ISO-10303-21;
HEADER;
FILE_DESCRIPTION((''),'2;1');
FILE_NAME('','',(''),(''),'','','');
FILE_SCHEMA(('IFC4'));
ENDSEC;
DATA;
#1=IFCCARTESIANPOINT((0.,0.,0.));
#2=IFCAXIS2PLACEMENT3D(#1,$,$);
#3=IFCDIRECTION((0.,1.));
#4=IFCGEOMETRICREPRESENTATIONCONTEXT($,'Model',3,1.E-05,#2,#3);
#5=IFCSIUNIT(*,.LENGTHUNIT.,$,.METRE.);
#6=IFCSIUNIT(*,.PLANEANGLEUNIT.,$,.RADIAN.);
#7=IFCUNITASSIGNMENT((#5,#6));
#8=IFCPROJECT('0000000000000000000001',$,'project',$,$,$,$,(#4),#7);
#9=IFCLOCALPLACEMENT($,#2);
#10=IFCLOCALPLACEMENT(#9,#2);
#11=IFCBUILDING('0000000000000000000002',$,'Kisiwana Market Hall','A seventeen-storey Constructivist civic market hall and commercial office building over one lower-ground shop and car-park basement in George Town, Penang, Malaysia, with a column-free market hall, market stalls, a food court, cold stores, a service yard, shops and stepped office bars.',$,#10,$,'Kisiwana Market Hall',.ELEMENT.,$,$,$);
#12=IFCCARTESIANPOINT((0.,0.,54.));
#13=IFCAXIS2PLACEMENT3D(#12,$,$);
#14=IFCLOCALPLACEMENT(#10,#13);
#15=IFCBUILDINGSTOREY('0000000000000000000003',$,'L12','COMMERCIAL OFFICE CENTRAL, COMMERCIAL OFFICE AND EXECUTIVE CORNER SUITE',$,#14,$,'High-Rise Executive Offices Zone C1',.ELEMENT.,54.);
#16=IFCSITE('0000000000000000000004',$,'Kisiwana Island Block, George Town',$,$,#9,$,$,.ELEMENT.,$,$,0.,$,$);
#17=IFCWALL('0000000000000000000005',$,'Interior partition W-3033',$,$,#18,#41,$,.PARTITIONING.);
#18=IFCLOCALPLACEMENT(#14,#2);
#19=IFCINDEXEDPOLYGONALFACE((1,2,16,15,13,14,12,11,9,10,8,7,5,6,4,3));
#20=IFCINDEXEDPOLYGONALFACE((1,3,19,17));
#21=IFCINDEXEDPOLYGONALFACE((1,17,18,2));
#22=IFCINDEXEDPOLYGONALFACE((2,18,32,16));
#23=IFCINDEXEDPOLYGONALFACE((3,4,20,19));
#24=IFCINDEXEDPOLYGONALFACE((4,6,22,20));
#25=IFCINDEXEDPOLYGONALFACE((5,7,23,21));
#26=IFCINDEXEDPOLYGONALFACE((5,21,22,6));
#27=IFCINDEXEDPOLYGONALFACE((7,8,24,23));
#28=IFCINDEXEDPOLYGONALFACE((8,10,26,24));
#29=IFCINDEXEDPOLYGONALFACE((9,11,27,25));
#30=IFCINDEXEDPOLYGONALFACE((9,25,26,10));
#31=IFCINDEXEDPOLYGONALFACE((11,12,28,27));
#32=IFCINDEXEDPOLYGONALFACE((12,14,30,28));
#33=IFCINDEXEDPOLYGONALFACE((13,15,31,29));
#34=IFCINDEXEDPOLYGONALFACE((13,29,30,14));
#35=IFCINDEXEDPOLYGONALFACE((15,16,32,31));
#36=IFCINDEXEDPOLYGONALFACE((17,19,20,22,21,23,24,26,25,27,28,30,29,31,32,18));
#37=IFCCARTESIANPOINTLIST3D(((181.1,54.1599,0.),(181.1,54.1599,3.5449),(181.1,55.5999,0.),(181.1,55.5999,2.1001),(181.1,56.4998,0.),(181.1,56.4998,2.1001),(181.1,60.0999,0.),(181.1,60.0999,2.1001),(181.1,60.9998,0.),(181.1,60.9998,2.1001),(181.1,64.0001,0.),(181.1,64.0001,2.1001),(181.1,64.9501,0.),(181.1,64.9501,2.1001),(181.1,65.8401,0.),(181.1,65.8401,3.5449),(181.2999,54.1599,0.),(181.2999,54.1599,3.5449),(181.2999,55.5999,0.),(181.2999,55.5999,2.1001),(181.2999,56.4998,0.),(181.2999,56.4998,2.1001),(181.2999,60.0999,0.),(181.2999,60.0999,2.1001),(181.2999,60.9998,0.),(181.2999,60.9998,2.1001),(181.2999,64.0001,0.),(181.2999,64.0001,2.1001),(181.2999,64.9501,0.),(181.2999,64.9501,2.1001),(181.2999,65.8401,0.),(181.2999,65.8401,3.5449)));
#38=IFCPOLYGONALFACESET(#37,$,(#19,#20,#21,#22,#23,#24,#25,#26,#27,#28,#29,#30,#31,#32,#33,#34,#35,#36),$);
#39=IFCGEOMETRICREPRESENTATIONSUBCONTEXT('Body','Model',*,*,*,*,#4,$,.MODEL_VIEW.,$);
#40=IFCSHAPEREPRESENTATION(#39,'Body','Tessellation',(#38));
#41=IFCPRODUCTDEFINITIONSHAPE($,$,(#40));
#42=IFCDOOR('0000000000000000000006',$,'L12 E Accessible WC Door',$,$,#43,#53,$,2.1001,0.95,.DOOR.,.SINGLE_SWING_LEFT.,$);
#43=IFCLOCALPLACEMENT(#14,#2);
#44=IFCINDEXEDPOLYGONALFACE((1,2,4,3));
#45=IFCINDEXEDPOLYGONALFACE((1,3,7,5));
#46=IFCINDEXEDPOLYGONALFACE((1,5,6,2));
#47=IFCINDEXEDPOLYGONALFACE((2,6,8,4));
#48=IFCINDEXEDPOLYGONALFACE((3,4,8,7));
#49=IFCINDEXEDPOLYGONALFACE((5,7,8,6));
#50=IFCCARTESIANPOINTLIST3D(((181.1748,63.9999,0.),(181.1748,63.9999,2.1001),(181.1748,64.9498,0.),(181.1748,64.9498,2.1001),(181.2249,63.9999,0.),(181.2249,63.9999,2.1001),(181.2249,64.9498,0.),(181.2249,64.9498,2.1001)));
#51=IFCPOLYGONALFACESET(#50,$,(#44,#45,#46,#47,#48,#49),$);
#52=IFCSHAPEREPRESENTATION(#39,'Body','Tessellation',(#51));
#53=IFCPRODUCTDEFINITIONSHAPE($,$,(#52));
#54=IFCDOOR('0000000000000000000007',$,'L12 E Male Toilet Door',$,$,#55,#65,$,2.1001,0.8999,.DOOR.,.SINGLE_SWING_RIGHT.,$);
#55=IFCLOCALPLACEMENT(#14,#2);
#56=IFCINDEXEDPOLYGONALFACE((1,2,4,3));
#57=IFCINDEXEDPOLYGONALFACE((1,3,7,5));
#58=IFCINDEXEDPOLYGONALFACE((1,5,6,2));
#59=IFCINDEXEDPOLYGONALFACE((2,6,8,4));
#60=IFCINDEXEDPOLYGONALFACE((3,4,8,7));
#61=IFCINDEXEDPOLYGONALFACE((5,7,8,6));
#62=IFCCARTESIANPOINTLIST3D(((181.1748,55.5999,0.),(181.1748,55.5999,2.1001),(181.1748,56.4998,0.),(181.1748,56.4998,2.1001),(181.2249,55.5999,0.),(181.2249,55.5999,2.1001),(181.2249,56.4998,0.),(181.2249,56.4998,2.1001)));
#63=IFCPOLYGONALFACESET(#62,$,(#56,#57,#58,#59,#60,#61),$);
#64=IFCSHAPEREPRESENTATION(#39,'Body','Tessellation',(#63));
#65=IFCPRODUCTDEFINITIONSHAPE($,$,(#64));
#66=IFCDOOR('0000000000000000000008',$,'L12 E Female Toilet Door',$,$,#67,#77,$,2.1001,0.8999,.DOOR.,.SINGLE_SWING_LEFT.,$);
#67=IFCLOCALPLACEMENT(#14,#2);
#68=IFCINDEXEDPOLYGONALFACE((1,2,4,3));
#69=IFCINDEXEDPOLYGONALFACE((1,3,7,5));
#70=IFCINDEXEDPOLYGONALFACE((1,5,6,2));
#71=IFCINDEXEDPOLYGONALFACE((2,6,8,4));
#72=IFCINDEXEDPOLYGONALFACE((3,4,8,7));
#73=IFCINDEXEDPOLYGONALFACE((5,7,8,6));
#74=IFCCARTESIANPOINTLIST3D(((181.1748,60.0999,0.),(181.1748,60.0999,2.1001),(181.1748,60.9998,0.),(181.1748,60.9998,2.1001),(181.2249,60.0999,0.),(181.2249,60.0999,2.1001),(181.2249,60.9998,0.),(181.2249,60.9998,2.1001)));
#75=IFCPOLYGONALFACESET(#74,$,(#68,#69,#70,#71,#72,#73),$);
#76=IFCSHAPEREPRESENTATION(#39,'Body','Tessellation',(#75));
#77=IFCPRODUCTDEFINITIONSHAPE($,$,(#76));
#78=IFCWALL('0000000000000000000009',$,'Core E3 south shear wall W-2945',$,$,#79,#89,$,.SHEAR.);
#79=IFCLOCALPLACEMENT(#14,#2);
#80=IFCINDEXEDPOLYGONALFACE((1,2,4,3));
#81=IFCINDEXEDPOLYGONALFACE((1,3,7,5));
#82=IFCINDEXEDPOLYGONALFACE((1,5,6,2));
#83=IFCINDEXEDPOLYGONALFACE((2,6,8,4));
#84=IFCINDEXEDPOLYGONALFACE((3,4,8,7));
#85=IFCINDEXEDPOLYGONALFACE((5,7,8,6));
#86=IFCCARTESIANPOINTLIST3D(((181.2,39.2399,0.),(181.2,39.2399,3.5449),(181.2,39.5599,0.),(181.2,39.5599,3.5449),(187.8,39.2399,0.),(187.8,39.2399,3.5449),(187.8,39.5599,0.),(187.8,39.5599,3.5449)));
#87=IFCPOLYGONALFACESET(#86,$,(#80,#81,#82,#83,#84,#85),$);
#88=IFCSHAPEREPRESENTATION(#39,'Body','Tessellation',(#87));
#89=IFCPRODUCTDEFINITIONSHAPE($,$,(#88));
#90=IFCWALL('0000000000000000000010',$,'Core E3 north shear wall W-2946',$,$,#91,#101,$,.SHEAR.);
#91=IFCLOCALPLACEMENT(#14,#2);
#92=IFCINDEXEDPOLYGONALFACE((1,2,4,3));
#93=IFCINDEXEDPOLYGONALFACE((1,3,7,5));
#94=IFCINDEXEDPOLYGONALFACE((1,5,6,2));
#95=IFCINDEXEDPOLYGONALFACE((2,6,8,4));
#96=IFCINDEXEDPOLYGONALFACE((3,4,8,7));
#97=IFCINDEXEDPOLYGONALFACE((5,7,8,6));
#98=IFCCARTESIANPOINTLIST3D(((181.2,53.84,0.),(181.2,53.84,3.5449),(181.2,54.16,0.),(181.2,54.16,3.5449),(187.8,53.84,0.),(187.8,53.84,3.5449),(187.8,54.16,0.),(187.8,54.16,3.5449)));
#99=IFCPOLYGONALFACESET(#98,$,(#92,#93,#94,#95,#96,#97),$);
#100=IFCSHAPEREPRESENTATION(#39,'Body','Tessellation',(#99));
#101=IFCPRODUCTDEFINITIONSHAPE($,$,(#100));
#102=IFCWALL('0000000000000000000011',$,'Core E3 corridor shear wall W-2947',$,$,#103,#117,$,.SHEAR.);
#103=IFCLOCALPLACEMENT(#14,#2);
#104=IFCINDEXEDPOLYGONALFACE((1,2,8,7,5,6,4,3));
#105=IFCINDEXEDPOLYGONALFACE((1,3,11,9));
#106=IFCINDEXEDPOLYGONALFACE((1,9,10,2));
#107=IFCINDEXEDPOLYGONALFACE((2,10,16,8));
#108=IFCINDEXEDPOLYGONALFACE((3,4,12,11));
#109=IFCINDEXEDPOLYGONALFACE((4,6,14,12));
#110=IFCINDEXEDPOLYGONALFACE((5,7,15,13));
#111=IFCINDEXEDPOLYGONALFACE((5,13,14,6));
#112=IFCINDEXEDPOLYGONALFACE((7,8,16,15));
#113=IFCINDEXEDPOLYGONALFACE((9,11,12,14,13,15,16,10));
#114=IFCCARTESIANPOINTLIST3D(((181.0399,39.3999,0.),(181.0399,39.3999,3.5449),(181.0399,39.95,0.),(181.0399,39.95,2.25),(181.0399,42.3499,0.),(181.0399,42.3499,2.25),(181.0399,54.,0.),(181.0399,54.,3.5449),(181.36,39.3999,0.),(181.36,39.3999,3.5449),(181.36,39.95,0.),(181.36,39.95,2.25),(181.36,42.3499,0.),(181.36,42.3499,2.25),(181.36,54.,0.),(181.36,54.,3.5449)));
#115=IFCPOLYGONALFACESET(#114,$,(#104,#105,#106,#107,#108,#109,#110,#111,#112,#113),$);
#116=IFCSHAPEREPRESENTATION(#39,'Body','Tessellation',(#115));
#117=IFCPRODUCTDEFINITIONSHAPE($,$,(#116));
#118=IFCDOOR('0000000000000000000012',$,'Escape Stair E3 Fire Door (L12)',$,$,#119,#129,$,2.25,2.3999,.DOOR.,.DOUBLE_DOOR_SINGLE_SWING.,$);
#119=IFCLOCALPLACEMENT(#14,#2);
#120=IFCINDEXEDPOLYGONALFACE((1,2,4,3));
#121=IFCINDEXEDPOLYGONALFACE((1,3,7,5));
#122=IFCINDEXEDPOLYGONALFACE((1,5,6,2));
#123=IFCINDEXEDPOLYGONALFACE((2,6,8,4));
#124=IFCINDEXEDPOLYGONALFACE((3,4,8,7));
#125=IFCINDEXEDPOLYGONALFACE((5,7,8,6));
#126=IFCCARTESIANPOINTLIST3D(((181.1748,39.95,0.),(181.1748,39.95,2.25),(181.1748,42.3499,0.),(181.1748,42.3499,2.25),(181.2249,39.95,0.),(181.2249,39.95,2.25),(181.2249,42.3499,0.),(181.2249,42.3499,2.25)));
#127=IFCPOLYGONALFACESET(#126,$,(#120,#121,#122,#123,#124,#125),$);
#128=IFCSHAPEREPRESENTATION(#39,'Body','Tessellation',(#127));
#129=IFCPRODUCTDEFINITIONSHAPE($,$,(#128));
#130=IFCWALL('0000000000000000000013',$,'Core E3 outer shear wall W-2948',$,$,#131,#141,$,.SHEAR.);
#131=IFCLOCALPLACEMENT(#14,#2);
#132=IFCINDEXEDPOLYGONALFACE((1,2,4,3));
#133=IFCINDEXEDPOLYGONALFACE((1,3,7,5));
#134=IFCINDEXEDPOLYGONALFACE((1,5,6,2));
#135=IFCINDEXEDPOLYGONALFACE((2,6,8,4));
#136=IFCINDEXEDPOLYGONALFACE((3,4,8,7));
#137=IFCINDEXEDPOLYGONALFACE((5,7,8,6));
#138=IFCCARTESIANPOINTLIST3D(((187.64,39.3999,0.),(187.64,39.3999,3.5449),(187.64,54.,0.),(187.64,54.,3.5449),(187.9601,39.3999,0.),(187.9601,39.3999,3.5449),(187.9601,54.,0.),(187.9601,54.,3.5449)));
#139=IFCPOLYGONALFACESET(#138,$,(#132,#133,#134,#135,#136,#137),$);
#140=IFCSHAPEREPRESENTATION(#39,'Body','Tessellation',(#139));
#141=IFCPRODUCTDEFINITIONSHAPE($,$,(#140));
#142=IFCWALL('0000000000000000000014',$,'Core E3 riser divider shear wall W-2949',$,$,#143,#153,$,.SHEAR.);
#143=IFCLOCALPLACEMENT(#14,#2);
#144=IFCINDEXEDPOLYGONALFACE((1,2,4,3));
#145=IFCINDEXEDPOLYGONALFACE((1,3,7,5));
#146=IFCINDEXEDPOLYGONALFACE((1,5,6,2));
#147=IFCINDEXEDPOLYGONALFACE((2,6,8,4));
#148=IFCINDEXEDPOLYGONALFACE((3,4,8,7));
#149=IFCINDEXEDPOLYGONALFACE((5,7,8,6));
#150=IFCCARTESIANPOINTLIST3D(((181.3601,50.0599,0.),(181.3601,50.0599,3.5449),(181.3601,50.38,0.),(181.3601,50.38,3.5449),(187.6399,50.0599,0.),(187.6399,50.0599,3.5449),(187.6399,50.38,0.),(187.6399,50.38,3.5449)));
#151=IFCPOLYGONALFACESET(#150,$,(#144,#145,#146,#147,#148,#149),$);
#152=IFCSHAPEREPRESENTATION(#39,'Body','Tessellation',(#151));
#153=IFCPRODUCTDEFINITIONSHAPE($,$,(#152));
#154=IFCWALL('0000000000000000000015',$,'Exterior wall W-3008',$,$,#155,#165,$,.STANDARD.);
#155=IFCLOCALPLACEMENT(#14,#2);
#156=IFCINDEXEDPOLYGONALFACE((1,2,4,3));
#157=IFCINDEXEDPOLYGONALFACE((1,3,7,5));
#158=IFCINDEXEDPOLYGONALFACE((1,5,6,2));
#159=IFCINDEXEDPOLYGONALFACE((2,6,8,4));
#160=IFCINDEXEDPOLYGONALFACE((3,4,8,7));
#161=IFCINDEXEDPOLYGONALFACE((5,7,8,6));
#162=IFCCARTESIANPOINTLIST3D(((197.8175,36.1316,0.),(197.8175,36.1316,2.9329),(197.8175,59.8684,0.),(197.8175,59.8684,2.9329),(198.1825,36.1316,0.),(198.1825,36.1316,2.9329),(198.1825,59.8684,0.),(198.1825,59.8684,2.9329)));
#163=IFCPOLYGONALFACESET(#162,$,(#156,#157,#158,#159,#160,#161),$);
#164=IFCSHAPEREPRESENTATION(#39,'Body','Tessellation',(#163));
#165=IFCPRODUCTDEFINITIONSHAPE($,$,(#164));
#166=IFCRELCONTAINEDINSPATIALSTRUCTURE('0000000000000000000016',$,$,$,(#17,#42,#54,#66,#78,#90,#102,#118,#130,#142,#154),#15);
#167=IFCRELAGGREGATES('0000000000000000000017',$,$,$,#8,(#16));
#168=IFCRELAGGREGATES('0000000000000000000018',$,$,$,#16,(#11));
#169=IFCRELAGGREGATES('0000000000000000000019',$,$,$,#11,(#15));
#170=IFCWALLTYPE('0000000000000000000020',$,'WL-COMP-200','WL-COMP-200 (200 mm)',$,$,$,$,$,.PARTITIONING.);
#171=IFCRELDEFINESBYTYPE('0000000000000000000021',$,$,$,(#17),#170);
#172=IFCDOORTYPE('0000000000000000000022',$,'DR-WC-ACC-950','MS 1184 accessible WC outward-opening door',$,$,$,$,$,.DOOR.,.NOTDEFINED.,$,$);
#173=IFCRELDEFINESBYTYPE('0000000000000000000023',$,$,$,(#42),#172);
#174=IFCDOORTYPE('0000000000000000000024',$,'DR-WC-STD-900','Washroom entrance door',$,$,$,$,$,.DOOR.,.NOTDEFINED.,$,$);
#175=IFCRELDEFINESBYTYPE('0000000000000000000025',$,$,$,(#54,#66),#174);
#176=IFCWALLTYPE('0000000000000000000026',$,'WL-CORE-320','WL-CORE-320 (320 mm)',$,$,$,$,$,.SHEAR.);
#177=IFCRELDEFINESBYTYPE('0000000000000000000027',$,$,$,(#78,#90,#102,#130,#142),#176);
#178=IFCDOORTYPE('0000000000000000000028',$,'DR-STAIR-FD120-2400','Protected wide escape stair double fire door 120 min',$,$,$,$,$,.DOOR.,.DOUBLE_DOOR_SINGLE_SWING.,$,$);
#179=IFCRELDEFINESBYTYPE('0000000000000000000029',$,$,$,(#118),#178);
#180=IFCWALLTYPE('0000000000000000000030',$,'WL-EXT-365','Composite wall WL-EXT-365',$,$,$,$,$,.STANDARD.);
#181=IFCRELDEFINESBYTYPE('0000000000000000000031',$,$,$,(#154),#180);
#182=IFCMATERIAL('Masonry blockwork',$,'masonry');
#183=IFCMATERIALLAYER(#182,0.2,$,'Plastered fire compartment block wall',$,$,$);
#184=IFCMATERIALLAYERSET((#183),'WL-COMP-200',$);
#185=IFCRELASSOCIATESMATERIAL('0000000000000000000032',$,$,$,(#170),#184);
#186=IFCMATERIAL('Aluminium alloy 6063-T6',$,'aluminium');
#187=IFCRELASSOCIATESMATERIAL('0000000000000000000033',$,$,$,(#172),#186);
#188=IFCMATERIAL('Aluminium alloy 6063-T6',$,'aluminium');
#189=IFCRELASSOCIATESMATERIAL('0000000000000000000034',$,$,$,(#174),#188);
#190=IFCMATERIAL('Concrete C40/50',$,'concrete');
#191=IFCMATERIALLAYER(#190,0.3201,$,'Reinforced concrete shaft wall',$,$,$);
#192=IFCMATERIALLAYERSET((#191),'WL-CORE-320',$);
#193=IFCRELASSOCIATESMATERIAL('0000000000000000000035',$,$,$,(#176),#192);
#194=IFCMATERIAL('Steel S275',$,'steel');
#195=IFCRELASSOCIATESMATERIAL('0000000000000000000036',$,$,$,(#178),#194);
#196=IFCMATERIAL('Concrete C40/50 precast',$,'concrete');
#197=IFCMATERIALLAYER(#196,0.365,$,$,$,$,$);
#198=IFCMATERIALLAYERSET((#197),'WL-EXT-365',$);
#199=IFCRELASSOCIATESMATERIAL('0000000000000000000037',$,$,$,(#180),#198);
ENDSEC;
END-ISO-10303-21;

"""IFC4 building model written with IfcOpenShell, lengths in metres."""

from ifc_helpers import new_model, si_unit, direction, frame, frame_2d, origin, place, context, subcontext, project, spatial, rectangle, extrude, material, layer, layer_set, type_object, element, fill, save


model = new_model("IFC4")

# Units and contexts
model_context = context("Model", 3, precision=1e-05, world=origin(), true_north=direction((0.0, 1.0)))
body_context = subcontext(model_context, "Body", "Model", "MODEL_VIEW")
ifc_project = project(units=[si_unit("LENGTHUNIT", "METRE"), si_unit("PLANEANGLEUNIT", "RADIAN")], contexts=[model_context])

# Site, building, storey
site_placement = place(None, origin())
site = spatial("IfcSite", under=ifc_project, at=site_placement, Name="Kisiwana Island Block, George Town", CompositionType="ELEMENT", RefElevation=0.0)
building_placement = place(site_placement, origin())
building = spatial("IfcBuilding", under=site, at=building_placement, Name="Kisiwana Market Hall", Description="A seventeen-storey Constructivist civic market hall and commercial office building over one lower-ground shop and car-park basement in George Town, Penang, Malaysia, with a column-free market hall, market stalls, a food court, cold stores, a service yard, shops and stepped office bars.", LongName="Kisiwana Market Hall", CompositionType="ELEMENT")
storey_placement = place(building_placement, frame((0.0, 0.0, 54.0)))
storey = spatial("IfcBuildingStorey", under=building, at=storey_placement, Name="L12", Description="COMMERCIAL OFFICE CENTRAL, COMMERCIAL OFFICE AND EXECUTIVE CORNER SUITE", LongName="High-Rise Executive Offices Zone C1", CompositionType="ELEMENT", Elevation=54.0)

# Shared definitions
ifc_material_1 = material(Name="Masonry blockwork", Category="masonry")
ifc_layer_1 = layer(ifc_material_1, 0.2, Name="Plastered fire compartment block wall")
ifc_layer_set_1 = layer_set([ifc_layer_1], Name="WL-COMP-200")
wall_type_1 = type_object("IfcWallType", Name="WL-COMP-200", Description="WL-COMP-200 (200 mm)", PredefinedType="PARTITIONING", material=ifc_layer_set_1)

# Wall, openings, doors
wall_1_placement = place(storey_placement, frame((181.2, 54.1599, 0.0), z_axis=(0.0, 0.0, 1.0), x_axis=(0.0, 1.0, 0.0)))
wall_1 = element("IfcWall", 1, at=wall_1_placement, inside=storey, type_object=wall_type_1, Name="Interior partition W-3033", PredefinedType="PARTITIONING", context=body_context, shape_type="SweptSolid", body=[
    extrude(rectangle(XDim=11.6802, YDim=0.2, at=frame_2d((5.8401, 0.0))), origin(), (0.0, 0.0, 1.0), 3.5449),
])
opening_1_placement = place(wall_1_placement, frame((1.4399, 0.0, 0.0)))
opening_1 = element("IfcOpeningElement", 2, at=opening_1_placement, cuts=wall_1, PredefinedType="OPENING", context=body_context, shape_type="SweptSolid", body=[
    extrude(rectangle(XDim=0.8999, YDim=2.1001, at=frame_2d((0.45, 1.05))), frame((0.0, 0.1118, 0.0), z_axis=(0.0, -1.0, 0.0), x_axis=(1.0, 0.0, 0.0)), (0.0, 0.0, 1.0), 0.2239),
])
opening_2_placement = place(wall_1_placement, frame((5.9399, 0.0, 0.0)))
opening_2 = element("IfcOpeningElement", 3, at=opening_2_placement, cuts=wall_1, PredefinedType="OPENING", context=body_context, shape_type="SweptSolid", body=[
    extrude(rectangle(XDim=0.8999, YDim=2.1001, at=frame_2d((0.45, 1.05))), frame((0.0, 0.1118, 0.0), z_axis=(0.0, -1.0, 0.0), x_axis=(1.0, 0.0, 0.0)), (0.0, 0.0, 1.0), 0.2239),
])
opening_3_placement = place(wall_1_placement, frame((9.8401, 0.0, 0.0)))
opening_3 = element("IfcOpeningElement", 4, at=opening_3_placement, cuts=wall_1, PredefinedType="OPENING", context=body_context, shape_type="SweptSolid", body=[
    extrude(rectangle(XDim=0.95, YDim=2.1001, at=frame_2d((0.4751, 1.05))), frame((0.0, 0.1118, 0.0), z_axis=(0.0, -1.0, 0.0), x_axis=(1.0, 0.0, 0.0)), (0.0, 0.0, 1.0), 0.2239),
])
ifc_material_2 = material(Name="Aluminium alloy 6063-T6", Category="aluminium")
door_type_1 = type_object("IfcDoorType", Name="DR-WC-ACC-950", Description="MS 1184 accessible WC outward-opening door", OperationType="NOTDEFINED", PredefinedType="DOOR", material=ifc_material_2)
door_1_placement = place(opening_3_placement, frame((0.95, 0.0, 0.0), z_axis=(0.0, 0.0, 1.0), x_axis=(-1.0, 0.0, 0.0)))
door_1 = element("IfcDoor", 5, at=door_1_placement, inside=storey, type_object=door_type_1, Name="L12 E Accessible WC Door", OperationType="SINGLE_SWING_LEFT", OverallHeight=2.1001, OverallWidth=0.95, PredefinedType="DOOR", context=body_context, shape_type="SweptSolid", body=[
    extrude(rectangle(XDim=0.95, YDim=2.1001, at=frame_2d((0.4751, 1.05))), frame((0.0, 0.0249, 0.0), z_axis=(0.0, -1.0, 0.0), x_axis=(1.0, 0.0, 0.0)), (0.0, 0.0, 1.0), 0.05),
])
fill(opening_3, door_1)
ifc_material_3 = material(Name="Aluminium alloy 6063-T6", Category="aluminium")
door_type_2 = type_object("IfcDoorType", Name="DR-WC-STD-900", Description="Washroom entrance door", OperationType="NOTDEFINED", PredefinedType="DOOR", material=ifc_material_3)
door_2_placement = place(opening_1_placement, frame((0.8999, 0.0, 0.0), z_axis=(0.0, 0.0, 1.0), x_axis=(-1.0, 0.0, 0.0)))
door_2 = element("IfcDoor", 6, at=door_2_placement, inside=storey, type_object=door_type_2, Name="L12 E Male Toilet Door", OperationType="SINGLE_SWING_RIGHT", OverallHeight=2.1001, OverallWidth=0.8999, PredefinedType="DOOR", context=body_context, shape_type="SweptSolid", body=[
    extrude(rectangle(XDim=0.8999, YDim=2.1001, at=frame_2d((0.45, 1.05))), frame((0.0, 0.0249, 0.0), z_axis=(0.0, -1.0, 0.0), x_axis=(1.0, 0.0, 0.0)), (0.0, 0.0, 1.0), 0.05),
])
fill(opening_1, door_2)
door_3_placement = place(opening_2_placement, frame((0.8999, 0.0, 0.0), z_axis=(0.0, 0.0, 1.0), x_axis=(-1.0, 0.0, 0.0)))
door_3 = element("IfcDoor", 7, at=door_3_placement, inside=storey, type_object=door_type_2, Name="L12 E Female Toilet Door", OperationType="SINGLE_SWING_LEFT", OverallHeight=2.1001, OverallWidth=0.8999, PredefinedType="DOOR", context=body_context, shape_type="SweptSolid", body=[
    extrude(rectangle(XDim=0.8999, YDim=2.1001, at=frame_2d((0.45, 1.05))), frame((0.0, 0.0249, 0.0), z_axis=(0.0, -1.0, 0.0), x_axis=(1.0, 0.0, 0.0)), (0.0, 0.0, 1.0), 0.05),
])
fill(opening_2, door_3)

# Walls
ifc_material_4 = material(Name="Concrete C40/50", Category="concrete")
ifc_layer_2 = layer(ifc_material_4, 0.3201, Name="Reinforced concrete shaft wall")
ifc_layer_set_2 = layer_set([ifc_layer_2], Name="WL-CORE-320")
wall_type_2 = type_object("IfcWallType", Name="WL-CORE-320", Description="WL-CORE-320 (320 mm)", PredefinedType="SHEAR", material=ifc_layer_set_2)
for number, where, z_axis, x_axis, name in (
    (8, (181.2, 39.3999, 0.0), (0.0, 0.0, 1.0), (1.0, 0.0, 0.0), "Core E3 south shear wall W-2945"),
    (9, (181.2, 54.0, 0.0), (0.0, 0.0, 1.0), (1.0, 0.0, 0.0), "Core E3 north shear wall W-2946"),
):
    element("IfcWall", number, at=place(storey_placement, frame(where, z_axis=z_axis, x_axis=x_axis)), inside=storey, type_object=wall_type_2, Name=name, PredefinedType="SHEAR", context=body_context, shape_type="SweptSolid", body=[
        extrude(rectangle(XDim=6.6001, YDim=0.3201, at=frame_2d((3.3, 0.0))), origin(), (0.0, 0.0, 1.0), 3.5449),
    ])

# Wall, opening, door
wall_2_placement = place(storey_placement, frame((181.2, 39.3999, 0.0), z_axis=(0.0, 0.0, 1.0), x_axis=(0.0, 1.0, 0.0)))
wall_2 = element("IfcWall", 10, at=wall_2_placement, inside=storey, type_object=wall_type_2, Name="Core E3 corridor shear wall W-2947", PredefinedType="SHEAR", context=body_context, shape_type="SweptSolid", body=[
    extrude(rectangle(XDim=14.6001, YDim=0.3201, at=frame_2d((7.3, 0.0))), origin(), (0.0, 0.0, 1.0), 3.5449),
])
opening_4_placement = place(wall_2_placement, frame((0.55, 0.0, 0.0)))
opening_4 = element("IfcOpeningElement", 11, at=opening_4_placement, cuts=wall_2, PredefinedType="OPENING", context=body_context, shape_type="SweptSolid", body=[
    extrude(rectangle(XDim=2.3999, YDim=2.25, at=frame_2d((1.2, 1.125))), frame((0.0, 0.1719, 0.0), z_axis=(0.0, -1.0, 0.0), x_axis=(1.0, 0.0, 0.0)), (0.0, 0.0, 1.0), 0.344),
])
ifc_material_5 = material(Name="Steel S275", Category="steel")
door_type_3 = type_object("IfcDoorType", Name="DR-STAIR-FD120-2400", Description="Protected wide escape stair double fire door 120 min", OperationType="DOUBLE_DOOR_SINGLE_SWING", PredefinedType="DOOR", material=ifc_material_5)
door_4_placement = place(opening_4_placement, frame((2.3999, 0.0, 0.0), z_axis=(0.0, 0.0, 1.0), x_axis=(-1.0, 0.0, 0.0)))
door_4 = element("IfcDoor", 12, at=door_4_placement, inside=storey, type_object=door_type_3, Name="Escape Stair E3 Fire Door (L12)", OperationType="DOUBLE_DOOR_SINGLE_SWING", OverallHeight=2.25, OverallWidth=2.3999, PredefinedType="DOOR", context=body_context, shape_type="SweptSolid", body=[
    extrude(rectangle(XDim=2.3999, YDim=2.25, at=frame_2d((1.2, 1.125))), frame((0.0, 0.0249, 0.0), z_axis=(0.0, -1.0, 0.0), x_axis=(1.0, 0.0, 0.0)), (0.0, 0.0, 1.0), 0.05),
])
fill(opening_4, door_4)

# Walls
wall_3_placement = place(storey_placement, frame((187.8, 39.3999, 0.0), z_axis=(0.0, 0.0, 1.0), x_axis=(0.0, 1.0, 0.0)))
element("IfcWall", 13, at=wall_3_placement, inside=storey, type_object=wall_type_2, Name="Core E3 outer shear wall W-2948", PredefinedType="SHEAR", context=body_context, shape_type="SweptSolid", body=[
    extrude(rectangle(XDim=14.6001, YDim=0.3201, at=frame_2d((7.3, 0.0))), origin(), (0.0, 0.0, 1.0), 3.5449),
])
wall_4_placement = place(storey_placement, frame((181.3601, 50.22, 0.0), z_axis=(0.0, 0.0, 1.0), x_axis=(1.0, 0.0, 0.0)))
element("IfcWall", 14, at=wall_4_placement, inside=storey, type_object=wall_type_2, Name="Core E3 riser divider shear wall W-2949", PredefinedType="SHEAR", context=body_context, shape_type="SweptSolid", body=[
    extrude(rectangle(XDim=6.2798, YDim=0.3201, at=frame_2d((3.1399, 0.0))), origin(), (0.0, 0.0, 1.0), 3.5449),
])
ifc_material_6 = material(Name="Concrete C40/50 precast", Category="concrete")
ifc_layer_3 = layer(ifc_material_6, 0.365)
ifc_layer_set_3 = layer_set([ifc_layer_3], Name="WL-EXT-365")
wall_type_3 = type_object("IfcWallType", Name="WL-EXT-365", Description="Composite wall WL-EXT-365", PredefinedType="STANDARD", material=ifc_layer_set_3)
wall_5_placement = place(storey_placement, frame((198.0, 36.1316, 0.0), z_axis=(0.0, 0.0, 1.0), x_axis=(0.0, 1.0, 0.0)))
element("IfcWall", 15, at=wall_5_placement, inside=storey, type_object=wall_type_3, Name="Exterior wall W-3008", PredefinedType="STANDARD", context=body_context, shape_type="SweptSolid", body=[
    extrude(rectangle(XDim=23.7368, YDim=0.365, at=frame_2d((11.8684, 0.0))), origin(), (0.0, 0.0, 1.0), 2.9329),
])

save(model, "model.ifc")
